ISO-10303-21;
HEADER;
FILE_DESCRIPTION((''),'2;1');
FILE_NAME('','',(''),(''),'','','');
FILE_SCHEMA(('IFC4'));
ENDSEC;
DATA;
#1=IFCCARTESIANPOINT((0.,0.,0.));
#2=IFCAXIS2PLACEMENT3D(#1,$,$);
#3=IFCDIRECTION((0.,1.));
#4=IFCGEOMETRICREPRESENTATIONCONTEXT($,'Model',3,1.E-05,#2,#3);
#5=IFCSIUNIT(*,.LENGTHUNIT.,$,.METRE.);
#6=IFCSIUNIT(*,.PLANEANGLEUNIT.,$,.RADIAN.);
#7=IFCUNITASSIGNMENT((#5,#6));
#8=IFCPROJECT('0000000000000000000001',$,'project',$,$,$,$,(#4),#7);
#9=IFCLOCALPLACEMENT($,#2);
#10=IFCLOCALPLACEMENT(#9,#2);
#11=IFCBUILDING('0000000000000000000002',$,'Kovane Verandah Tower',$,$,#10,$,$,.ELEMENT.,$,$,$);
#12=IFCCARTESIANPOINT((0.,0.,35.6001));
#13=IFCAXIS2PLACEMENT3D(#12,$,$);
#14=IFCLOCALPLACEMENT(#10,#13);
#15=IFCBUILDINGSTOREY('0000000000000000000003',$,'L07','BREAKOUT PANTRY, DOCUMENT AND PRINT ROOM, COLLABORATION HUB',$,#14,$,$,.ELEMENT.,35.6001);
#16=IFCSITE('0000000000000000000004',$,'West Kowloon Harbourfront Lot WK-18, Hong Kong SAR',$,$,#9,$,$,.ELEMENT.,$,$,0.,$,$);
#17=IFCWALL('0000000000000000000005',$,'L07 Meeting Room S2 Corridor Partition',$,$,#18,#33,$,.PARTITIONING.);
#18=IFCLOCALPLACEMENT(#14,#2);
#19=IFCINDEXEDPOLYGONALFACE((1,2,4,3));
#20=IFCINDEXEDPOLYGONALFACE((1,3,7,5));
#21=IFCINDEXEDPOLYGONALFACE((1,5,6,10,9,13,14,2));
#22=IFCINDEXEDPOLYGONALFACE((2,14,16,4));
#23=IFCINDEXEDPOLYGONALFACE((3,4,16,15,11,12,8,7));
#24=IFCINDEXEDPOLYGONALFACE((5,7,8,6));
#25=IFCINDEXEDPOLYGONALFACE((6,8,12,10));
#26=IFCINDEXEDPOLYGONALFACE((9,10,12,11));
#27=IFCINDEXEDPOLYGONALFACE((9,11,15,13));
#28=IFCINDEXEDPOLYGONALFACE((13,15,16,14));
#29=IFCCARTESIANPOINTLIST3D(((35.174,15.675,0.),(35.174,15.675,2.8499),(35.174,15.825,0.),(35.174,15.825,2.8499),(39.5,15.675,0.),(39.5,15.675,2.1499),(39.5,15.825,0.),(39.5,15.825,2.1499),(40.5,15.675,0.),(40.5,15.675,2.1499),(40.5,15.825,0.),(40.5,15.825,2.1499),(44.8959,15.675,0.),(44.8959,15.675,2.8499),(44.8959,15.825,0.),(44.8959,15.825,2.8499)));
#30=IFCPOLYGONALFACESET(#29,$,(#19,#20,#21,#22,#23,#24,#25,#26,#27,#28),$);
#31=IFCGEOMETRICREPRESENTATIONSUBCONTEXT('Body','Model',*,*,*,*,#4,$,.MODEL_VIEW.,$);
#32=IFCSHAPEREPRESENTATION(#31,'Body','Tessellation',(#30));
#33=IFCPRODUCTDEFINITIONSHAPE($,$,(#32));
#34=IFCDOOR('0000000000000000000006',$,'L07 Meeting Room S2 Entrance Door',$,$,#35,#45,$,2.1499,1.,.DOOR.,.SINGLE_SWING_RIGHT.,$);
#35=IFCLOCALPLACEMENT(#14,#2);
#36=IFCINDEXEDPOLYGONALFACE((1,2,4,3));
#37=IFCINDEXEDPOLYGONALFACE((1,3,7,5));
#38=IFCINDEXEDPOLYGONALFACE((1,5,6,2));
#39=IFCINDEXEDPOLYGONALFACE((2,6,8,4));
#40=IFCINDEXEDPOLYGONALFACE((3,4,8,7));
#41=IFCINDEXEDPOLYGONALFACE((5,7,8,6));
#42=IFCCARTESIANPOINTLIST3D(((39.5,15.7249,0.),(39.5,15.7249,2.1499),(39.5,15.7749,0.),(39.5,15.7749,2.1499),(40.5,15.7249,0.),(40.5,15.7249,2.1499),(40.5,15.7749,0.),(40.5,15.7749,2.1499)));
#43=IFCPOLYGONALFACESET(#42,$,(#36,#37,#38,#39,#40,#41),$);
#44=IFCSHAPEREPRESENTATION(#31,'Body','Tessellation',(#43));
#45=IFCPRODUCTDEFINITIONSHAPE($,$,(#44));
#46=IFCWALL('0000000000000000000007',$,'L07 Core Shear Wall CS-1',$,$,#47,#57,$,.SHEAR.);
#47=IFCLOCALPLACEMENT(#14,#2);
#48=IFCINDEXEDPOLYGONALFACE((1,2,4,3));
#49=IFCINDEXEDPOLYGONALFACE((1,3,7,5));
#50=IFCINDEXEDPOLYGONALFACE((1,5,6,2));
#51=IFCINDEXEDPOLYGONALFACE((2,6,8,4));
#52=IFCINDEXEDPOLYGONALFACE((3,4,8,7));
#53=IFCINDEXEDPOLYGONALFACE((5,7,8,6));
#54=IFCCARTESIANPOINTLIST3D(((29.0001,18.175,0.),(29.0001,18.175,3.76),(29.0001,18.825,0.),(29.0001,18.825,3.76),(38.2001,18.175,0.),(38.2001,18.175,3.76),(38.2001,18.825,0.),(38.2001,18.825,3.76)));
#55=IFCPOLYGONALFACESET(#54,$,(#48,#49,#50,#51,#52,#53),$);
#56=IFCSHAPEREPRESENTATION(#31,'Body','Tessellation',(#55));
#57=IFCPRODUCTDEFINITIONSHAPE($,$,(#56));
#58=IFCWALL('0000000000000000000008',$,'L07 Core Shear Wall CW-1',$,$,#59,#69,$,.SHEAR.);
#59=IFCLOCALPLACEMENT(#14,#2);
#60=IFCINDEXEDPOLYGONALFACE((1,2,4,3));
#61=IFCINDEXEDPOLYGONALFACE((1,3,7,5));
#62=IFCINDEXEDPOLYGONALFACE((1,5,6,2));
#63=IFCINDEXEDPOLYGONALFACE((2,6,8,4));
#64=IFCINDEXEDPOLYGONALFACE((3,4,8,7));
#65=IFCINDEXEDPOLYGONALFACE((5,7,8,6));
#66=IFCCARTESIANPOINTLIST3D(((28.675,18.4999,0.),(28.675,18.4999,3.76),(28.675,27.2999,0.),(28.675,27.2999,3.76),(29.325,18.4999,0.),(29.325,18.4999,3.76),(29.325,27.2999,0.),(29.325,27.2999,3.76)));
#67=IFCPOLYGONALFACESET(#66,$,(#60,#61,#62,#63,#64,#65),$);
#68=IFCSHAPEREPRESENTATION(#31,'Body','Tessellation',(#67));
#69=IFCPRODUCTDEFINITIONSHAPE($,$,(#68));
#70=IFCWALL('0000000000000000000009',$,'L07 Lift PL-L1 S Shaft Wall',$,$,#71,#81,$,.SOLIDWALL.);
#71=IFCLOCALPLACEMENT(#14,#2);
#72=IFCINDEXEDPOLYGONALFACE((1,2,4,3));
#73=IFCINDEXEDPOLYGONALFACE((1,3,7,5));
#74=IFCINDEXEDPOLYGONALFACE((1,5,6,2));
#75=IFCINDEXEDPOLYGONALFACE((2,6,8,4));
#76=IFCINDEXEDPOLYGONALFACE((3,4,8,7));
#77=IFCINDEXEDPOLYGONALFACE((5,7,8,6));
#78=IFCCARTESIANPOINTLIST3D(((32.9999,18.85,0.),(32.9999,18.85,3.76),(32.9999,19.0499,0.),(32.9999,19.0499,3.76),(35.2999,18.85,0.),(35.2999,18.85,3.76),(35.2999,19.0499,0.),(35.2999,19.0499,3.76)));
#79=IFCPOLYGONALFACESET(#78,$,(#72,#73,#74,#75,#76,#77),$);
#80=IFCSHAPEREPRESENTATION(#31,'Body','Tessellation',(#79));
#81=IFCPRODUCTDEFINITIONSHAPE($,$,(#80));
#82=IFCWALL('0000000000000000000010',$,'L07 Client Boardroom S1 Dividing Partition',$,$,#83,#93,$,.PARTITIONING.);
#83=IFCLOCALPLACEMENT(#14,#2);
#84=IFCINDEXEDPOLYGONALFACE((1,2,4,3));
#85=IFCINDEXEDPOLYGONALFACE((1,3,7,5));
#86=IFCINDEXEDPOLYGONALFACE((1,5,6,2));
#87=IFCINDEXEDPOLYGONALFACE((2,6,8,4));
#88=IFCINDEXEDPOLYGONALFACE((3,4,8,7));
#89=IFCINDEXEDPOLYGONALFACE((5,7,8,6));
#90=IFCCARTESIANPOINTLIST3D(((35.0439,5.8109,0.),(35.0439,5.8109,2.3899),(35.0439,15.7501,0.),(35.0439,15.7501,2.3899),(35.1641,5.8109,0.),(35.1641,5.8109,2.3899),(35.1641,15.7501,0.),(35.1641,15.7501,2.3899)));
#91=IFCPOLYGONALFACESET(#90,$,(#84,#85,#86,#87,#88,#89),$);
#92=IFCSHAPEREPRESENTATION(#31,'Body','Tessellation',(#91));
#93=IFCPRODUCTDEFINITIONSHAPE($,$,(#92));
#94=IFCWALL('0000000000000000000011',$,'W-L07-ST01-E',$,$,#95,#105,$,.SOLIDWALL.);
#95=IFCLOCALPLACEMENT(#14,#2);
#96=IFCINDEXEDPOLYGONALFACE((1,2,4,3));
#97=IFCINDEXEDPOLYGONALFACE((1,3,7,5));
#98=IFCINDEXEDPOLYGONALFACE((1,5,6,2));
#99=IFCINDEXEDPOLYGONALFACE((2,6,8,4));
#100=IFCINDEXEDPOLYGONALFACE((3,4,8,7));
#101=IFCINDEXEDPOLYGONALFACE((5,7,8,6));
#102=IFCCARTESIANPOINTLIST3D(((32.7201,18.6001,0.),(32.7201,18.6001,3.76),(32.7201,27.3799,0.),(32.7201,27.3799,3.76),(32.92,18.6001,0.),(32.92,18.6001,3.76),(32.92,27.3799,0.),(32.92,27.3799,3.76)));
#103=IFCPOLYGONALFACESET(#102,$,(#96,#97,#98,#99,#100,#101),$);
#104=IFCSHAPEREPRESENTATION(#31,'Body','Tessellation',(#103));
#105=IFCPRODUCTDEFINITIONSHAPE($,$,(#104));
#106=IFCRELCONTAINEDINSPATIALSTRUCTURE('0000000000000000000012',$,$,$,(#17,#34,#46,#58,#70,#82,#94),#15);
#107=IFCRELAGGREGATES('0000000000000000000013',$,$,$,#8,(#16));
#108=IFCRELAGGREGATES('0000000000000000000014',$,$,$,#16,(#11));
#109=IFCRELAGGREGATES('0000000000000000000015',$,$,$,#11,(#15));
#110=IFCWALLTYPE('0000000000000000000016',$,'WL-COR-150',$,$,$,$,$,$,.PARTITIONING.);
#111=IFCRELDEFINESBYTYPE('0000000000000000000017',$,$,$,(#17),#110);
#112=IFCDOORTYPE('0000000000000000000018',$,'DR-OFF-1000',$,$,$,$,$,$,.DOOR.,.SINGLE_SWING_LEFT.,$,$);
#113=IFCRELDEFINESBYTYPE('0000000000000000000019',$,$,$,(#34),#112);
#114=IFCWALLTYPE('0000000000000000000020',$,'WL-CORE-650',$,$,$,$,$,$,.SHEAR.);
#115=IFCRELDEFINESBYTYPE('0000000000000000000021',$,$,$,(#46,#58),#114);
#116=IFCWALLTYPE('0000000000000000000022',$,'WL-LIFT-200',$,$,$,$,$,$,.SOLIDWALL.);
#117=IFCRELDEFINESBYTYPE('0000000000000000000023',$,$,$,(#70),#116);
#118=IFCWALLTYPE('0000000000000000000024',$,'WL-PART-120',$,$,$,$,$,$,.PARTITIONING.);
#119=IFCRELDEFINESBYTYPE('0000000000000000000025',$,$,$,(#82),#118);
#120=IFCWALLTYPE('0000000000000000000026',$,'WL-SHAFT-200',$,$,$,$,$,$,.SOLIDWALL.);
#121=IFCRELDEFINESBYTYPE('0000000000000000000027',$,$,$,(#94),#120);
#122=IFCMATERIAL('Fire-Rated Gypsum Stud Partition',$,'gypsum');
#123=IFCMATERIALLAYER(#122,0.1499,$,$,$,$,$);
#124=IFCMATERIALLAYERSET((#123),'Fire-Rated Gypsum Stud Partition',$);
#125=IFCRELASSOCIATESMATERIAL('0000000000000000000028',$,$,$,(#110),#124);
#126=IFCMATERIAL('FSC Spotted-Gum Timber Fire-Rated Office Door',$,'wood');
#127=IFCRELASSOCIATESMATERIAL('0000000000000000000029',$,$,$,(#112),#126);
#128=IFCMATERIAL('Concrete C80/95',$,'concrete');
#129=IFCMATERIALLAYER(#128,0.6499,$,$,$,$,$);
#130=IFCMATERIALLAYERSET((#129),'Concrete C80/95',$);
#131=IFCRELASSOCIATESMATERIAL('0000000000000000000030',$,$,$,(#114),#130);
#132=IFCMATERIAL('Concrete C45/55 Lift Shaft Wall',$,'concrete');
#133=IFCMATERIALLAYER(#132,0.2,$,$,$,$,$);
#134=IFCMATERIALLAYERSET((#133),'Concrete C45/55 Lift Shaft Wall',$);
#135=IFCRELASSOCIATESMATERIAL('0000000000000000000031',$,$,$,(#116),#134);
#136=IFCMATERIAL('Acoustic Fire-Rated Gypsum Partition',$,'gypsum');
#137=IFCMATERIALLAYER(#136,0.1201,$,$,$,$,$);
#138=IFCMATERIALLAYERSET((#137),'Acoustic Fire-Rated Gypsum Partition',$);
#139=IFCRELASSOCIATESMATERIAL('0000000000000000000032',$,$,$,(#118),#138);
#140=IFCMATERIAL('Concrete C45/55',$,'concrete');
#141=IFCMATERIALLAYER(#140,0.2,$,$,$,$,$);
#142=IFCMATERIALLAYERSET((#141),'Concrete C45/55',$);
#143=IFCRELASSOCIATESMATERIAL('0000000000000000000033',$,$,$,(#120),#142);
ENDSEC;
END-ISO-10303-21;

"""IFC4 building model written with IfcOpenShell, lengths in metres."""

from ifc_helpers import new_model, si_unit, direction, frame, frame_2d, origin, place, context, subcontext, project, spatial, rectangle, extrude, material, layer, layer_set, type_object, element, fill, save


model = new_model("IFC4")

# Units and contexts
model_context = context("Model", 3, precision=1e-05, world=origin(), true_north=direction((0.0, 1.0)))
body_context = subcontext(model_context, "Body", "Model", "MODEL_VIEW")
ifc_project = project(units=[si_unit("LENGTHUNIT", "METRE"), si_unit("PLANEANGLEUNIT", "RADIAN")], contexts=[model_context])

# Site, building, storey
site_placement = place(None, origin())
site = spatial("IfcSite", under=ifc_project, at=site_placement, Name="West Kowloon Harbourfront Lot WK-18, Hong Kong SAR", CompositionType="ELEMENT", RefElevation=0.0)
building_placement = place(site_placement, origin())
building = spatial("IfcBuilding", under=site, at=building_placement, Name="Kovane Verandah Tower", CompositionType="ELEMENT")
storey_placement = place(building_placement, frame((0.0, 0.0, 35.6001)))
storey = spatial("IfcBuildingStorey", under=building, at=storey_placement, Name="L07", Description="BREAKOUT PANTRY, DOCUMENT AND PRINT ROOM, COLLABORATION HUB", CompositionType="ELEMENT", Elevation=35.6001)

# Shared definitions
ifc_material_1 = material(Name="Concrete C80/95", Category="concrete")

# Wall, opening, door
ifc_material_2 = material(Name="Fire-Rated Gypsum Stud Partition", Category="gypsum")
ifc_layer_1 = layer(ifc_material_2, 0.1499)
ifc_layer_set_1 = layer_set([ifc_layer_1], Name="Fire-Rated Gypsum Stud Partition")
wall_type_1 = type_object("IfcWallType", Name="WL-COR-150", PredefinedType="PARTITIONING", material=ifc_layer_set_1)
wall_1_placement = place(storey_placement, frame((35.1741, 15.75, 0.0), z_axis=(0.0, 0.0, 1.0), x_axis=(1.0, 0.0, 0.0)))
wall_1 = element("IfcWall", 1, at=wall_1_placement, inside=storey, type_object=wall_type_1, Name="L07 Meeting Room S2 Corridor Partition", PredefinedType="PARTITIONING", context=body_context, shape_type="SweptSolid", body=[
    extrude(rectangle(XDim=9.7219, YDim=0.1499, at=frame_2d((4.8608, 0.0))), origin(), (0.0, 0.0, 1.0), 2.8499),
])
opening_placement = place(wall_1_placement, frame((4.3259, 0.0, 0.0)))
opening = element("IfcOpeningElement", 2, at=opening_placement, cuts=wall_1, PredefinedType="OPENING", context=body_context, shape_type="SweptSolid", body=[
    extrude(rectangle(XDim=1.0, YDim=2.1499, at=frame_2d((0.5, 1.075))), frame((0.0, 0.075, 0.0), z_axis=(0.0, -1.0, 0.0), x_axis=(1.0, 0.0, 0.0)), (0.0, 0.0, 1.0), 0.1499),
])
ifc_material_3 = material(Name="FSC Spotted-Gum Timber Fire-Rated Office Door", Category="wood")
door_type = type_object("IfcDoorType", Name="DR-OFF-1000", OperationType="SINGLE_SWING_LEFT", PredefinedType="DOOR", material=ifc_material_3)
door_placement = place(opening_placement, origin())
door = element("IfcDoor", 3, at=door_placement, inside=storey, type_object=door_type, Name="L07 Meeting Room S2 Entrance Door", OperationType="SINGLE_SWING_RIGHT", OverallHeight=2.1499, OverallWidth=1.0, PredefinedType="DOOR", context=body_context, shape_type="SweptSolid", body=[
    extrude(rectangle(XDim=1.0, YDim=2.1499, at=frame_2d((0.5, 1.075))), frame((0.0, 0.0249, 0.0), z_axis=(0.0, -1.0, 0.0), x_axis=(1.0, 0.0, 0.0)), (0.0, 0.0, 1.0), 0.05),
])
fill(opening, door)

# Walls
ifc_layer_2 = layer(ifc_material_1, 0.6499)
ifc_layer_set_2 = layer_set([ifc_layer_2], Name="Concrete C80/95")
wall_type_2 = type_object("IfcWallType", Name="WL-CORE-650", PredefinedType="SHEAR", material=ifc_layer_set_2)
wall_2_placement = place(storey_placement, frame((29.0, 18.5, 0.0), z_axis=(0.0, 0.0, 1.0), x_axis=(1.0, 0.0, 0.0)))
element("IfcWall", 4, at=wall_2_placement, inside=storey, type_object=wall_type_2, Name="L07 Core Shear Wall CS-1", PredefinedType="SHEAR", context=body_context, shape_type="SweptSolid", body=[
    extrude(rectangle(XDim=9.2, YDim=0.6499, at=frame_2d((4.6001, 0.0))), origin(), (0.0, 0.0, 1.0), 3.76),
])
wall_3_placement = place(storey_placement, frame((29.0, 18.5, 0.0), z_axis=(0.0, 0.0, 1.0), x_axis=(0.0, 1.0, 0.0)))
element("IfcWall", 5, at=wall_3_placement, inside=storey, type_object=wall_type_2, Name="L07 Core Shear Wall CW-1", PredefinedType="SHEAR", context=body_context, shape_type="SweptSolid", body=[
    extrude(rectangle(XDim=8.8, YDim=0.6499, at=frame_2d((4.3999, 0.0))), origin(), (0.0, 0.0, 1.0), 3.76),
])
ifc_material_4 = material(Name="Concrete C45/55 Lift Shaft Wall", Category="concrete")
ifc_layer_3 = layer(ifc_material_4, 0.2)
ifc_layer_set_3 = layer_set([ifc_layer_3], Name="Concrete C45/55 Lift Shaft Wall")
wall_type_3 = type_object("IfcWallType", Name="WL-LIFT-200", PredefinedType="SOLIDWALL", material=ifc_layer_set_3)
wall_4_placement = place(storey_placement, frame((33.0, 18.95, 0.0), z_axis=(0.0, 0.0, 1.0), x_axis=(1.0, 0.0, 0.0)))
element("IfcWall", 6, at=wall_4_placement, inside=storey, type_object=wall_type_3, Name="L07 Lift PL-L1 S Shaft Wall", PredefinedType="SOLIDWALL", context=body_context, shape_type="SweptSolid", body=[
    extrude(rectangle(XDim=2.3, YDim=0.2, at=frame_2d((1.1499, 0.0))), origin(), (0.0, 0.0, 1.0), 3.76),
])
ifc_material_5 = material(Name="Acoustic Fire-Rated Gypsum Partition", Category="gypsum")
ifc_layer_4 = layer(ifc_material_5, 0.1201)
ifc_layer_set_4 = layer_set([ifc_layer_4], Name="Acoustic Fire-Rated Gypsum Partition")
wall_type_4 = type_object("IfcWallType", Name="WL-PART-120", PredefinedType="PARTITIONING", material=ifc_layer_set_4)
wall_5_placement = place(storey_placement, frame((35.104, 5.8108, 0.0), z_axis=(0.0, 0.0, 1.0), x_axis=(0.0, 1.0, 0.0)))
element("IfcWall", 7, at=wall_5_placement, inside=storey, type_object=wall_type_4, Name="L07 Client Boardroom S1 Dividing Partition", PredefinedType="PARTITIONING", context=body_context, shape_type="SweptSolid", body=[
    extrude(rectangle(XDim=9.9392, YDim=0.1201, at=frame_2d((4.9697, 0.0))), origin(), (0.0, 0.0, 1.0), 2.3899),
])
ifc_material_6 = material(Name="Concrete C45/55", Category="concrete")
ifc_layer_5 = layer(ifc_material_6, 0.2)
ifc_layer_set_5 = layer_set([ifc_layer_5], Name="Concrete C45/55")
wall_type_5 = type_object("IfcWallType", Name="WL-SHAFT-200", PredefinedType="SOLIDWALL", material=ifc_layer_set_5)
wall_6_placement = place(storey_placement, frame((32.8201, 18.6001, 0.0), z_axis=(0.0, 0.0, 1.0), x_axis=(0.0, 1.0, 0.0)))
element("IfcWall", 8, at=wall_6_placement, inside=storey, type_object=wall_type_5, Name="W-L07-ST01-E", PredefinedType="SOLIDWALL", context=body_context, shape_type="SweptSolid", body=[
    extrude(rectangle(XDim=8.7798, YDim=0.2, at=frame_2d((4.3899, 0.0))), origin(), (0.0, 0.0, 1.0), 3.76),
])

save(model, "model.ifc")
